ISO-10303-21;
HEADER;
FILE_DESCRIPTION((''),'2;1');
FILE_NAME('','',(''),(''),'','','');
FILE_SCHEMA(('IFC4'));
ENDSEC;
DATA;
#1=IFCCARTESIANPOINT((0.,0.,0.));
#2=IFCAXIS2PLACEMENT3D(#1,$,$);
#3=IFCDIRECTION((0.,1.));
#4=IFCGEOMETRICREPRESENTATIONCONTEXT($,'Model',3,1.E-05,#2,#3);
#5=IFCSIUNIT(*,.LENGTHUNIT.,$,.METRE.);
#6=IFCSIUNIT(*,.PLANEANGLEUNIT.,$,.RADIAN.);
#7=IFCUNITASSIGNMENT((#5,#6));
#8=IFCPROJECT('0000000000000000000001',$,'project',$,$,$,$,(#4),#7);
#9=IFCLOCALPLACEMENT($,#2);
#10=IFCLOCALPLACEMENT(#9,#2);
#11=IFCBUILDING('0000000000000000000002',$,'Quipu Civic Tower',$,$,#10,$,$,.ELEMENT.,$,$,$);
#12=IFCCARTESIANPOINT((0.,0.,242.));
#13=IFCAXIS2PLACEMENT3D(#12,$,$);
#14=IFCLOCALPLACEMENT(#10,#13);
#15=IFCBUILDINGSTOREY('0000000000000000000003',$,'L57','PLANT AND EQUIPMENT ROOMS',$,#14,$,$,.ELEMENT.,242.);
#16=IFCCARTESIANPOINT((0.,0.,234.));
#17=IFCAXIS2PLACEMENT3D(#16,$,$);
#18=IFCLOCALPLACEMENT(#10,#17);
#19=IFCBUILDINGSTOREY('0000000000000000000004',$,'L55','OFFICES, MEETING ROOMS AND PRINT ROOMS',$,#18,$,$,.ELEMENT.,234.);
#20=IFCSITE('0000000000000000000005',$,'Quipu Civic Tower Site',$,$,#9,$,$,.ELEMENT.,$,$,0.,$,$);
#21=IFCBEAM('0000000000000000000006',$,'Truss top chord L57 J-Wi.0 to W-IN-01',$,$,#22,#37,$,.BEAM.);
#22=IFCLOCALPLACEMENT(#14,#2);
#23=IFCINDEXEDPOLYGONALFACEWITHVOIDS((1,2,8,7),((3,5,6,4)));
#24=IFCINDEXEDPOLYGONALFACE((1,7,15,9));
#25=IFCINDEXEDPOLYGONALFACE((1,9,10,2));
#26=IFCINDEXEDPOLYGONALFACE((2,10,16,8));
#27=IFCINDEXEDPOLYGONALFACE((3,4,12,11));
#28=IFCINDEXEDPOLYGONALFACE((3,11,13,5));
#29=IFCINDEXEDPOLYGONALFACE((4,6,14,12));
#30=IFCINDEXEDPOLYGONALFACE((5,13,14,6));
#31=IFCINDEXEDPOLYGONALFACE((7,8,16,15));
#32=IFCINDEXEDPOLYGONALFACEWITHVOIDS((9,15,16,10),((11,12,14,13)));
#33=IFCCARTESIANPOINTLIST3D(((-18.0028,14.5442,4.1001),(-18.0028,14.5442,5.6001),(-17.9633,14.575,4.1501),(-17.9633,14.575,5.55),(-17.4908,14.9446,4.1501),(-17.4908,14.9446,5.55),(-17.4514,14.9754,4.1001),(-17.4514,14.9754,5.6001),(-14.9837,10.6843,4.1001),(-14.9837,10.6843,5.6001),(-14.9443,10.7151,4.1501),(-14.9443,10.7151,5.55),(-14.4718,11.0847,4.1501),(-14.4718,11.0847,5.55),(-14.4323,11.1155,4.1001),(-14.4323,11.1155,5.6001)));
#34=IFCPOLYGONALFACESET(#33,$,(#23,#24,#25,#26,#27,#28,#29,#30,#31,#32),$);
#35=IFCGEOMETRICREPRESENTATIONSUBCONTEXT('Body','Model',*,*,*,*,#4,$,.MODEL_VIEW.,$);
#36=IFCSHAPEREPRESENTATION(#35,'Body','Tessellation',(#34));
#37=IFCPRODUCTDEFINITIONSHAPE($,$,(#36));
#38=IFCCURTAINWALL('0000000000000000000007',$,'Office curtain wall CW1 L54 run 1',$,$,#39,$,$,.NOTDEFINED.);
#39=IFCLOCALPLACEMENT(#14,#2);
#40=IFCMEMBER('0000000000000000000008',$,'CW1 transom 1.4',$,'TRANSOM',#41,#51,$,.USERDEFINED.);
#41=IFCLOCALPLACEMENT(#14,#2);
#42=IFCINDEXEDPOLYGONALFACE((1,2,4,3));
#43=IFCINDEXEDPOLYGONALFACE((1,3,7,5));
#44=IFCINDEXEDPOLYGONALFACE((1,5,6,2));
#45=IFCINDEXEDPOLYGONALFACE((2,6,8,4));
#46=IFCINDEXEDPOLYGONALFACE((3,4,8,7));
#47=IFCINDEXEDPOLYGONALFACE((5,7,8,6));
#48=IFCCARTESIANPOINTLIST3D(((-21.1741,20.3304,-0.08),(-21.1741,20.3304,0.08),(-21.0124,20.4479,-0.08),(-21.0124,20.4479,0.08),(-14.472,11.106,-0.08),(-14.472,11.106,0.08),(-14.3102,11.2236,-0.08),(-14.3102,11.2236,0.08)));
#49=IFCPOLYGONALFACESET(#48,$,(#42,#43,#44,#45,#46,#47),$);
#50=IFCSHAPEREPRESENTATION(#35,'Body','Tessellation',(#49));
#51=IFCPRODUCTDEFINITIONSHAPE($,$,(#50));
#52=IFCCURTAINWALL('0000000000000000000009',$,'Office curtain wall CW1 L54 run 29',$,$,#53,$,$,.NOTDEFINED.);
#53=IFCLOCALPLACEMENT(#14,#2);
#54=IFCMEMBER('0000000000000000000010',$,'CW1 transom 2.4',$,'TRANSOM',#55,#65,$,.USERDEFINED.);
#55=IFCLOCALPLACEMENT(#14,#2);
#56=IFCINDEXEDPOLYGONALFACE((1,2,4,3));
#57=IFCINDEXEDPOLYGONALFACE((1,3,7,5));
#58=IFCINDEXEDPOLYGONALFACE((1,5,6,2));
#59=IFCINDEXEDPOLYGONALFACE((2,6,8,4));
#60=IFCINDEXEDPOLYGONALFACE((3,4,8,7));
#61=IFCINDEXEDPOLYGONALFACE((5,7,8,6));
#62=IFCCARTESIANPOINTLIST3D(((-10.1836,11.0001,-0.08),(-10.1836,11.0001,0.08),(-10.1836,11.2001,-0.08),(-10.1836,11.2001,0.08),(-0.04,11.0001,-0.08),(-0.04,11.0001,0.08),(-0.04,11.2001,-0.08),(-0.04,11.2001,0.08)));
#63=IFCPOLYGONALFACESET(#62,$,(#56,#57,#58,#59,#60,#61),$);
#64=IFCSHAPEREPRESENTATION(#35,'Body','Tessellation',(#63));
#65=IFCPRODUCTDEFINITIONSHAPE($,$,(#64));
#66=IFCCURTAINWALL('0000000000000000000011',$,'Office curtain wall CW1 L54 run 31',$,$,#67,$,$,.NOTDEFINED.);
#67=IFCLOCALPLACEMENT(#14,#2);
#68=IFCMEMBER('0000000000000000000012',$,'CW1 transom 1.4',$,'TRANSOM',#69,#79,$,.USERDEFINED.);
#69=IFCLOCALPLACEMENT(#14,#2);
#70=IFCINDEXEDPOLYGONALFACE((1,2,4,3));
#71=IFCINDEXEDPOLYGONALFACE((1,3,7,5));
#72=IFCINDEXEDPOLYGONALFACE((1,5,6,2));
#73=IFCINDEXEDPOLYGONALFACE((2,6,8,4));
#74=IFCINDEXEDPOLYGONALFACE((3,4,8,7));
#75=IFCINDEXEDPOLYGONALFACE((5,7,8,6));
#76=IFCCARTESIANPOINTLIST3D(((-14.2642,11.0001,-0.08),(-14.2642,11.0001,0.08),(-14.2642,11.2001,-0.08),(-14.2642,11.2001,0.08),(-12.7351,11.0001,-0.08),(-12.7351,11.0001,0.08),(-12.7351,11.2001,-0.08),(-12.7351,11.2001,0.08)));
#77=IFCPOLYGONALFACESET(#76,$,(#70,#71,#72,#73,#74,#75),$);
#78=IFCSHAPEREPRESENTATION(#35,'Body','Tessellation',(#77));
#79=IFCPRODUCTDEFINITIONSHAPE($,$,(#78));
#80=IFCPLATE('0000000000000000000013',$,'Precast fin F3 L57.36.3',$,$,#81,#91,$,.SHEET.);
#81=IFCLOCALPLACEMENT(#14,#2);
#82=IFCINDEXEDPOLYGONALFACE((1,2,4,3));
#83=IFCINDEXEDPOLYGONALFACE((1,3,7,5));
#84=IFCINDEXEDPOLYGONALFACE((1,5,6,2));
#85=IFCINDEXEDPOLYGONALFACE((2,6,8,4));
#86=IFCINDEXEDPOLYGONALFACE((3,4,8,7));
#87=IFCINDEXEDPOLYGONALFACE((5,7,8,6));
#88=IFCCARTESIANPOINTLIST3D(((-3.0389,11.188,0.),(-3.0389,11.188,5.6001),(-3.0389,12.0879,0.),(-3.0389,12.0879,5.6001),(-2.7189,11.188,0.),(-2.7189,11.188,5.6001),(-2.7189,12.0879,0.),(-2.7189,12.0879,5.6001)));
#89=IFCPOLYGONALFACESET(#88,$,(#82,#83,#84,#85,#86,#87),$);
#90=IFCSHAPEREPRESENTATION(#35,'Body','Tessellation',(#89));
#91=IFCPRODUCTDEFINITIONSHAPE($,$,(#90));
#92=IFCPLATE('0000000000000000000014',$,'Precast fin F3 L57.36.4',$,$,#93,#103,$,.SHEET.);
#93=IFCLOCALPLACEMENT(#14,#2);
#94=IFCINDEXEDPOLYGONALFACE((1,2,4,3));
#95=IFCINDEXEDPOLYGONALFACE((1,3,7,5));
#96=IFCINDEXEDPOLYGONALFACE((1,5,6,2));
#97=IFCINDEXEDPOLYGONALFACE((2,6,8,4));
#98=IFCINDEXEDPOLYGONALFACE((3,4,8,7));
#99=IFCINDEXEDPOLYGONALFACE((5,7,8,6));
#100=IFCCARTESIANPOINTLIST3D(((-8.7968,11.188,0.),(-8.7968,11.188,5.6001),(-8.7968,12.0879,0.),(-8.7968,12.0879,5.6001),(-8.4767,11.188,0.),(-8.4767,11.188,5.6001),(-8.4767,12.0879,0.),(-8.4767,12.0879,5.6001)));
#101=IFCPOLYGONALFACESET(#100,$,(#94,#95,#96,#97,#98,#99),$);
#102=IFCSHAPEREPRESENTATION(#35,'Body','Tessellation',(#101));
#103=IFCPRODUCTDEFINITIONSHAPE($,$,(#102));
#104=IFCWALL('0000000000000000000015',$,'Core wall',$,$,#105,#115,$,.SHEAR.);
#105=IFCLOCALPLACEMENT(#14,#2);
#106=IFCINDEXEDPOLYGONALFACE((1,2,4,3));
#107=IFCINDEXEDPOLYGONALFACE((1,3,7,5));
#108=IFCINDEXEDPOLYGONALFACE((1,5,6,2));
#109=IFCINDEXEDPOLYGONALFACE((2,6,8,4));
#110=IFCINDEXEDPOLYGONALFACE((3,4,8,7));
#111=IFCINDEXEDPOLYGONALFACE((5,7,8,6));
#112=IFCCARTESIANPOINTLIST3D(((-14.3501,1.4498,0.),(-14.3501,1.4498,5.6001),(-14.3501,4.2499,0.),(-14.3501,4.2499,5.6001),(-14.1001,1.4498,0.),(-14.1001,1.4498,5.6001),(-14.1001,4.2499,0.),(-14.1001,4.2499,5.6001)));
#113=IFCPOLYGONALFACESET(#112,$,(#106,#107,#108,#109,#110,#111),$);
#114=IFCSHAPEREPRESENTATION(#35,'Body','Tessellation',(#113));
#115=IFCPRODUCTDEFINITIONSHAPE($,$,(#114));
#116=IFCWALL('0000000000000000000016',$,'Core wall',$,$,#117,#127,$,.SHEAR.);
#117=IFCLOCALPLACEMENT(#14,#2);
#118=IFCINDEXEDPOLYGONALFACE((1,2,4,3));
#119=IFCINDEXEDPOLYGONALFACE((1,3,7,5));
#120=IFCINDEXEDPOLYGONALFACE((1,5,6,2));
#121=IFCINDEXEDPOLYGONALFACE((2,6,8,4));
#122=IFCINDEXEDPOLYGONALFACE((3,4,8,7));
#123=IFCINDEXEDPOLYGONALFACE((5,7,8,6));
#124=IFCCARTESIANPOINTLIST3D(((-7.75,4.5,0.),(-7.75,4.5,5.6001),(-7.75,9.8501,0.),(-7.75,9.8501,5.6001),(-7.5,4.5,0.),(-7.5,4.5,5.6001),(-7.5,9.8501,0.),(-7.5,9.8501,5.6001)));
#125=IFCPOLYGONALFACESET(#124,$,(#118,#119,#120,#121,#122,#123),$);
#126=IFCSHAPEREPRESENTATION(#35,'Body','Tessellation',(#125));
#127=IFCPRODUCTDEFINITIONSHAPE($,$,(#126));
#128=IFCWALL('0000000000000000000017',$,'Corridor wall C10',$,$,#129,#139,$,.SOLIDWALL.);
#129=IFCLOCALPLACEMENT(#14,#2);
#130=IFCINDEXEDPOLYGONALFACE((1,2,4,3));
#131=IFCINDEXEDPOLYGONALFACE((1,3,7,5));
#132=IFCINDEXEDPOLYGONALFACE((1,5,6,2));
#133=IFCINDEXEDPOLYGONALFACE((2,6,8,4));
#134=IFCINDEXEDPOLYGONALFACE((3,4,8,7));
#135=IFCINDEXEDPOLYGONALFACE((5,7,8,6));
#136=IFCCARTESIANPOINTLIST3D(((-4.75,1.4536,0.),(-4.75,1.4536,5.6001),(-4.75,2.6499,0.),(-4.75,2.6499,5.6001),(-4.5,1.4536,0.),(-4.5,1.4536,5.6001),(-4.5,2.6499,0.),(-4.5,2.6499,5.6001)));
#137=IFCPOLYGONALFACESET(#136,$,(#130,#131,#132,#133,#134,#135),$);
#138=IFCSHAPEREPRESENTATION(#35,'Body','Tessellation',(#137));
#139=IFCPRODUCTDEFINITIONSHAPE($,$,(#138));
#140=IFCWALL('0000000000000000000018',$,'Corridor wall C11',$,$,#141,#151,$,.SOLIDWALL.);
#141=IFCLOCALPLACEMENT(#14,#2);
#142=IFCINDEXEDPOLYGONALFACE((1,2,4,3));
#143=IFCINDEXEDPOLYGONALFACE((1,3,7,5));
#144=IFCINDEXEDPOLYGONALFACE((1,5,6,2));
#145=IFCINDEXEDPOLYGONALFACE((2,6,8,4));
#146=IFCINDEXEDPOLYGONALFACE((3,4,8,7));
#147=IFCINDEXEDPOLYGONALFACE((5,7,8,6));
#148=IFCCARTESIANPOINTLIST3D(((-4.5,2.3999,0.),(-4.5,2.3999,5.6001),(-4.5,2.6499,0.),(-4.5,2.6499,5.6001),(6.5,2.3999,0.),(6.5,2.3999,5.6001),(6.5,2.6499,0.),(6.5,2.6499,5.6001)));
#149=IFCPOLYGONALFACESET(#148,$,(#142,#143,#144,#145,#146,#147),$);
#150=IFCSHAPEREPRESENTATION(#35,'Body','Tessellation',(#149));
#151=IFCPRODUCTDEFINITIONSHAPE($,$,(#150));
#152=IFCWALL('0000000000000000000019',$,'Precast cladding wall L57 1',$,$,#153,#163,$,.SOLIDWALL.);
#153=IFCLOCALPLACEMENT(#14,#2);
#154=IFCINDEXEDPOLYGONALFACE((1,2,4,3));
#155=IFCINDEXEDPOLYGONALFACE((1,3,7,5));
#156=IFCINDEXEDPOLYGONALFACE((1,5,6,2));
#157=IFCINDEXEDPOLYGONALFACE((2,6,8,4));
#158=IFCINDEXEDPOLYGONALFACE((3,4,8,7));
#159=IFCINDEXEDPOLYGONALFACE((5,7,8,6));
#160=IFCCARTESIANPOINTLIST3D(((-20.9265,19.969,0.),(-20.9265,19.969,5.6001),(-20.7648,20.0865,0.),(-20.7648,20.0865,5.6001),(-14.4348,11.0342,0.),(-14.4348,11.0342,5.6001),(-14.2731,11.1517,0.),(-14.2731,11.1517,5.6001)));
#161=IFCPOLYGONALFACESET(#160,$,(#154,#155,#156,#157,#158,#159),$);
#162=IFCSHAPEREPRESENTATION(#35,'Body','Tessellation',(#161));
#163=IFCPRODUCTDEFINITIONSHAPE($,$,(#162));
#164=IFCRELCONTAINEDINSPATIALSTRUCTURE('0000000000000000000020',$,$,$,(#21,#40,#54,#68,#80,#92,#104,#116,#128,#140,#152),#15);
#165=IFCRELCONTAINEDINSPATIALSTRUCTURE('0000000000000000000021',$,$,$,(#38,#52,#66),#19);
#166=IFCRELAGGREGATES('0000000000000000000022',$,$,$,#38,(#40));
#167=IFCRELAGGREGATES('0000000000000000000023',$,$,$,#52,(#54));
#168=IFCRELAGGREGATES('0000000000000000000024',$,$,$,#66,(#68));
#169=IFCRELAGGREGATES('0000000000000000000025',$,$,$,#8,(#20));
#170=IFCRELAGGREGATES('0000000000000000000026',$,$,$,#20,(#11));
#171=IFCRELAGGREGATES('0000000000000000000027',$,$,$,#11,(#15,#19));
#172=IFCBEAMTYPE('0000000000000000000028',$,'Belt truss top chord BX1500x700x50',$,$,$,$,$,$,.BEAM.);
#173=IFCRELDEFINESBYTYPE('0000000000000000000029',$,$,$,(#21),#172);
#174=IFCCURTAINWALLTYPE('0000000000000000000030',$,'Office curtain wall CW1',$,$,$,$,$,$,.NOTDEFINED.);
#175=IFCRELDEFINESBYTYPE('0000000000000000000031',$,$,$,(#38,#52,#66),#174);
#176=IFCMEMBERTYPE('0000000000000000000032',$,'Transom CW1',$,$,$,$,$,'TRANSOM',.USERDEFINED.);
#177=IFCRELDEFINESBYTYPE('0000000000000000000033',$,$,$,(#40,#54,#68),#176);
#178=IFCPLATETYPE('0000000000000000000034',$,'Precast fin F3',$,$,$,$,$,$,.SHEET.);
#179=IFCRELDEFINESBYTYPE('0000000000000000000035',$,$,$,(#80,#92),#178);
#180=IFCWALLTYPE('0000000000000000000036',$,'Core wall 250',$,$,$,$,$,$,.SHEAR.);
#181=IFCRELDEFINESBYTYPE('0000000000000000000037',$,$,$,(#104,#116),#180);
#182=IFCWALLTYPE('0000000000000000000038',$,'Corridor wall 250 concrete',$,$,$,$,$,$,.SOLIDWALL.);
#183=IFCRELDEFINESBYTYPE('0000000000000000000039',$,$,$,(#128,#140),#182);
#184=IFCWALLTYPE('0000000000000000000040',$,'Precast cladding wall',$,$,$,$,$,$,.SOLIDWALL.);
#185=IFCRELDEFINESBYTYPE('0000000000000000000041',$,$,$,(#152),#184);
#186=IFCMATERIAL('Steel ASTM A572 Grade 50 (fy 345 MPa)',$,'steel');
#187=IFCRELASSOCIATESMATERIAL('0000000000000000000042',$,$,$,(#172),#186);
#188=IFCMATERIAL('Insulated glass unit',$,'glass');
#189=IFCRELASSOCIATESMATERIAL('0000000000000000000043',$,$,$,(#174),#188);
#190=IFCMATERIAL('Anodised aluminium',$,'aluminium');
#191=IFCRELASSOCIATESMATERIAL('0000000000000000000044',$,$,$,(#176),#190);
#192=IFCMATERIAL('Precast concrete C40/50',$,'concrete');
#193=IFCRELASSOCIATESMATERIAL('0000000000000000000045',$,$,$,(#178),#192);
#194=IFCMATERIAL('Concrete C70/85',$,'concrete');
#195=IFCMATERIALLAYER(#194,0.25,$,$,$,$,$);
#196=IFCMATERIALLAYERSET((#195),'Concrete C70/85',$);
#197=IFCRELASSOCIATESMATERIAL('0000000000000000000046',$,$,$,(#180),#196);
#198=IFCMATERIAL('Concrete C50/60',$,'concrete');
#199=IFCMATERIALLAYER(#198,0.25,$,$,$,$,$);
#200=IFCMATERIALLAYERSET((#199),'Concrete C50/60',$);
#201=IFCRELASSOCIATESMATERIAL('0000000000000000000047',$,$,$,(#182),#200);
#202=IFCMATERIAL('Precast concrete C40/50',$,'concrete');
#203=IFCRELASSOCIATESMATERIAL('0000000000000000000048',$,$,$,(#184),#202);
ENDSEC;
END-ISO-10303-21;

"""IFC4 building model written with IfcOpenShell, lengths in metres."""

from ifc_helpers import new_model, si_unit, direction, frame, frame_2d, origin, origin_2d, place, context, subcontext, project, spatial, rectangle, hollow_rectangle, extrude, material, layer, layer_set, material_profile, profile_set, type_object, element, aggregate, save


model = new_model("IFC4")

# Units and contexts
model_context = context("Model", 3, precision=1e-05, world=origin(), true_north=direction((0.0, 1.0)))
body_context = subcontext(model_context, "Body", "Model", "MODEL_VIEW")
ifc_project = project(units=[si_unit("LENGTHUNIT", "METRE"), si_unit("PLANEANGLEUNIT", "RADIAN")], contexts=[model_context])

# Site, building, storey
site_placement = place(None, origin())
site = spatial("IfcSite", under=ifc_project, at=site_placement, Name="Quipu Civic Tower Site", CompositionType="ELEMENT", RefElevation=0.0)
building_placement = place(site_placement, origin())
building = spatial("IfcBuilding", under=site, at=building_placement, Name="Quipu Civic Tower", CompositionType="ELEMENT")
storey_1_placement = place(building_placement, frame((0.0, 0.0, 242.0)))
storey_1 = spatial("IfcBuildingStorey", under=building, at=storey_1_placement, Name="L57", Description="PLANT AND EQUIPMENT ROOMS", CompositionType="ELEMENT", Elevation=242.0)

# Beam
ifc_material_1 = material(Name="Steel ASTM A572 Grade 50 (fy 345 MPa)", Category="steel")
ifc_material_profile_1 = material_profile(ifc_material_1, hollow_rectangle(XDim=0.7, YDim=1.5, WallThickness=0.05, at=origin_2d()), Name="BX1500x700x50")
ifc_profile_set_1 = profile_set([ifc_material_profile_1], Name="Steel ASTM A572 Grade 50 (fy 345 MPa)")
beam_type_1 = type_object("IfcBeamType", Name="Belt truss top chord BX1500x700x50", PredefinedType="BEAM", material=ifc_profile_set_1)
beam_1_placement = place(storey_1_placement, frame((-14.708, 10.8999, 4.8501), z_axis=(-0.616091, 0.787675, 0.0), x_axis=(-0.787675, -0.616091, 0.0)))
element("IfcBeam", 1, at=beam_1_placement, inside=storey_1, type_object=beam_type_1, Name="Truss top chord L57 J-Wi.0 to W-IN-01", PredefinedType="BEAM", context=body_context, shape_type="SweptSolid", body=[
    extrude(hollow_rectangle(XDim=0.7, YDim=1.5, WallThickness=0.05, at=origin_2d()), origin(), (0.0, 0.0, 1.0), 4.9004),
])

# Shared definitions
storey_2_placement = place(building_placement, frame((0.0, 0.0, 234.0)))
storey_2 = spatial("IfcBuildingStorey", under=building, at=storey_2_placement, Name="L55", Description="OFFICES, MEETING ROOMS AND PRINT ROOMS", CompositionType="ELEMENT", Elevation=234.0)

# Curtain walls, members
ifc_material_2 = material(Name="Insulated glass unit", Category="glass")
curtain_wall_type = type_object("IfcCurtainWallType", Name="Office curtain wall CW1", PredefinedType="NOTDEFINED", material=ifc_material_2)
curtain_wall_1_placement = place(storey_2_placement, origin())
curtain_wall_1 = element("IfcCurtainWall", 2, at=curtain_wall_1_placement, inside=storey_2, type_object=curtain_wall_type, Name="Office curtain wall CW1 L54 run 1", PredefinedType="NOTDEFINED")
ifc_material_3 = material(Name="Anodised aluminium", Category="aluminium")
ifc_material_profile_2 = material_profile(ifc_material_3, rectangle(XDim=0.2, YDim=0.1599, at=origin_2d()), Name="RECT 200x160")
ifc_profile_set_2 = profile_set([ifc_material_profile_2], Name="Anodised aluminium")
member_type_1 = type_object("IfcMemberType", Name="Transom CW1", ElementType="TRANSOM", PredefinedType="USERDEFINED", material=ifc_profile_set_2)
member_1_placement = place(storey_1_placement, frame((-14.3911, 11.1648, 0.0), z_axis=(-0.5878, 0.809006, 0.0), x_axis=(-0.809006, -0.5878, 0.0)))
member_1 = element("IfcMember", 3, at=member_1_placement, inside=storey_1, type_object=member_type_1, Name="CW1 transom 1.4", ObjectType="TRANSOM", PredefinedType="USERDEFINED", context=body_context, shape_type="SweptSolid", body=[
    extrude(rectangle(XDim=0.2, YDim=0.1599, at=origin_2d()), origin(), (0.0, 0.0, 1.0), 11.4021),
])
aggregate(curtain_wall_1, [member_1])
curtain_wall_2_placement = place(storey_2_placement, origin())
curtain_wall_2 = element("IfcCurtainWall", 4, at=curtain_wall_2_placement, inside=storey_2, type_object=curtain_wall_type, Name="Office curtain wall CW1 L54 run 29", PredefinedType="NOTDEFINED")
member_2_placement = place(storey_1_placement, frame((-0.04, 11.1001, 0.0), z_axis=(-1.0, 0.0, 0.0), x_axis=(0.0, -1.0, 0.0)))
member_2 = element("IfcMember", 5, at=member_2_placement, inside=storey_1, type_object=member_type_1, Name="CW1 transom 2.4", ObjectType="TRANSOM", PredefinedType="USERDEFINED", context=body_context, shape_type="SweptSolid", body=[
    extrude(rectangle(XDim=0.2, YDim=0.1599, at=origin_2d()), origin(), (0.0, 0.0, 1.0), 10.1436),
])
aggregate(curtain_wall_2, [member_2])
curtain_wall_3_placement = place(storey_2_placement, origin())
curtain_wall_3 = element("IfcCurtainWall", 6, at=curtain_wall_3_placement, inside=storey_2, type_object=curtain_wall_type, Name="Office curtain wall CW1 L54 run 31", PredefinedType="NOTDEFINED")
member_3_placement = place(storey_1_placement, frame((-12.7351, 11.1001, 0.0), z_axis=(-1.0, 0.0, 0.0), x_axis=(0.0, -1.0, 0.0)))
member_3 = element("IfcMember", 7, at=member_3_placement, inside=storey_1, type_object=member_type_1, Name="CW1 transom 1.4", ObjectType="TRANSOM", PredefinedType="USERDEFINED", context=body_context, shape_type="SweptSolid", body=[
    extrude(rectangle(XDim=0.2, YDim=0.1599, at=origin_2d()), origin(), (0.0, 0.0, 1.0), 1.5291),
])
aggregate(curtain_wall_3, [member_3])

# Plates
ifc_material_4 = material(Name="Precast concrete C40/50", Category="concrete")
plate_type = type_object("IfcPlateType", Name="Precast fin F3", PredefinedType="SHEET", material=ifc_material_4)
for number, where, z_axis, x_axis, name in (
    (8, (-2.8789, 11.6379, 0.0), (0.0, 0.0, 1.0), (-1.0, 0.0, 0.0), "Precast fin F3 L57.36.3"),
    (9, (-8.6367, 11.6379, 0.0), (0.0, 0.0, 1.0), (-1.0, 0.0, 0.0), "Precast fin F3 L57.36.4"),
):
    element("IfcPlate", number, at=place(storey_1_placement, frame(where, z_axis=z_axis, x_axis=x_axis)), inside=storey_1, type_object=plate_type, Name=name, PredefinedType="SHEET", context=body_context, shape_type="SweptSolid", body=[
        extrude(rectangle(XDim=0.3201, YDim=0.8999, at=origin_2d()), origin(), (0.0, 0.0, 1.0), 5.6001),
    ])

# Walls
ifc_material_5 = material(Name="Concrete C70/85", Category="concrete")
ifc_layer_1 = layer(ifc_material_5, 0.25)
ifc_layer_set_1 = layer_set([ifc_layer_1], Name="Concrete C70/85")
wall_type_1 = type_object("IfcWallType", Name="Core wall 250", PredefinedType="SHEAR", material=ifc_layer_set_1)
wall_1_placement = place(storey_1_placement, frame((-14.2251, 1.45, 0.0), z_axis=(0.0, 0.0, 1.0), x_axis=(0.0, 1.0, 0.0)))
element("IfcWall", 10, at=wall_1_placement, inside=storey_1, type_object=wall_type_1, Name="Core wall", PredefinedType="SHEAR", context=body_context, shape_type="SweptSolid", body=[
    extrude(rectangle(XDim=2.8, YDim=0.25, at=frame_2d((1.3999, 0.0))), origin(), (0.0, 0.0, 1.0), 5.6001),
])
wall_2_placement = place(storey_1_placement, frame((-7.625, 4.5, 0.0), z_axis=(0.0, 0.0, 1.0), x_axis=(0.0, 1.0, 0.0)))
element("IfcWall", 11, at=wall_2_placement, inside=storey_1, type_object=wall_type_1, Name="Core wall", PredefinedType="SHEAR", context=body_context, shape_type="SweptSolid", body=[
    extrude(rectangle(XDim=5.3501, YDim=0.25, at=frame_2d((2.675, 0.0))), origin(), (0.0, 0.0, 1.0), 5.6001),
])
ifc_material_6 = material(Name="Concrete C50/60", Category="concrete")
ifc_layer_2 = layer(ifc_material_6, 0.25)
ifc_layer_set_2 = layer_set([ifc_layer_2], Name="Concrete C50/60")
wall_type_2 = type_object("IfcWallType", Name="Corridor wall 250 concrete", PredefinedType="SOLIDWALL", material=ifc_layer_set_2)
wall_3_placement = place(storey_1_placement, frame((-4.625, 1.4536, 0.0), z_axis=(0.0, 0.0, 1.0), x_axis=(0.0, 1.0, 0.0)))
element("IfcWall", 12, at=wall_3_placement, inside=storey_1, type_object=wall_type_2, Name="Corridor wall C10", PredefinedType="SOLIDWALL", context=body_context, shape_type="SweptSolid", body=[
    extrude(rectangle(XDim=1.1963, YDim=0.25, at=frame_2d((0.5981, 0.0))), origin(), (0.0, 0.0, 1.0), 5.6001),
])
wall_4_placement = place(storey_1_placement, frame((-4.5, 2.5249, 0.0), z_axis=(0.0, 0.0, 1.0), x_axis=(1.0, 0.0, 0.0)))
element("IfcWall", 13, at=wall_4_placement, inside=storey_1, type_object=wall_type_2, Name="Corridor wall C11", PredefinedType="SOLIDWALL", context=body_context, shape_type="SweptSolid", body=[
    extrude(rectangle(XDim=11.0, YDim=0.25, at=frame_2d((5.5, 0.0))), origin(), (0.0, 0.0, 1.0), 5.6001),
])
ifc_material_7 = material(Name="Precast concrete C40/50", Category="concrete")
wall_type_3 = type_object("IfcWallType", Name="Precast cladding wall", PredefinedType="SOLIDWALL", material=ifc_material_7)
wall_5_placement = place(storey_1_placement, frame((-14.354, 11.093, 0.0), z_axis=(0.0, 0.0, 1.0), x_axis=(-0.587796, 0.809009, 0.0)))
element("IfcWall", 14, at=wall_5_placement, inside=storey_1, type_object=wall_type_3, Name="Precast cladding wall L57 1", PredefinedType="SOLIDWALL", context=body_context, shape_type="SweptSolid", body=[
    extrude(rectangle(XDim=11.0442, YDim=0.2, at=frame_2d((5.522, 0.0))), origin(), (0.0, 0.0, 1.0), 5.6001),
])

save(model, "model.ifc")
